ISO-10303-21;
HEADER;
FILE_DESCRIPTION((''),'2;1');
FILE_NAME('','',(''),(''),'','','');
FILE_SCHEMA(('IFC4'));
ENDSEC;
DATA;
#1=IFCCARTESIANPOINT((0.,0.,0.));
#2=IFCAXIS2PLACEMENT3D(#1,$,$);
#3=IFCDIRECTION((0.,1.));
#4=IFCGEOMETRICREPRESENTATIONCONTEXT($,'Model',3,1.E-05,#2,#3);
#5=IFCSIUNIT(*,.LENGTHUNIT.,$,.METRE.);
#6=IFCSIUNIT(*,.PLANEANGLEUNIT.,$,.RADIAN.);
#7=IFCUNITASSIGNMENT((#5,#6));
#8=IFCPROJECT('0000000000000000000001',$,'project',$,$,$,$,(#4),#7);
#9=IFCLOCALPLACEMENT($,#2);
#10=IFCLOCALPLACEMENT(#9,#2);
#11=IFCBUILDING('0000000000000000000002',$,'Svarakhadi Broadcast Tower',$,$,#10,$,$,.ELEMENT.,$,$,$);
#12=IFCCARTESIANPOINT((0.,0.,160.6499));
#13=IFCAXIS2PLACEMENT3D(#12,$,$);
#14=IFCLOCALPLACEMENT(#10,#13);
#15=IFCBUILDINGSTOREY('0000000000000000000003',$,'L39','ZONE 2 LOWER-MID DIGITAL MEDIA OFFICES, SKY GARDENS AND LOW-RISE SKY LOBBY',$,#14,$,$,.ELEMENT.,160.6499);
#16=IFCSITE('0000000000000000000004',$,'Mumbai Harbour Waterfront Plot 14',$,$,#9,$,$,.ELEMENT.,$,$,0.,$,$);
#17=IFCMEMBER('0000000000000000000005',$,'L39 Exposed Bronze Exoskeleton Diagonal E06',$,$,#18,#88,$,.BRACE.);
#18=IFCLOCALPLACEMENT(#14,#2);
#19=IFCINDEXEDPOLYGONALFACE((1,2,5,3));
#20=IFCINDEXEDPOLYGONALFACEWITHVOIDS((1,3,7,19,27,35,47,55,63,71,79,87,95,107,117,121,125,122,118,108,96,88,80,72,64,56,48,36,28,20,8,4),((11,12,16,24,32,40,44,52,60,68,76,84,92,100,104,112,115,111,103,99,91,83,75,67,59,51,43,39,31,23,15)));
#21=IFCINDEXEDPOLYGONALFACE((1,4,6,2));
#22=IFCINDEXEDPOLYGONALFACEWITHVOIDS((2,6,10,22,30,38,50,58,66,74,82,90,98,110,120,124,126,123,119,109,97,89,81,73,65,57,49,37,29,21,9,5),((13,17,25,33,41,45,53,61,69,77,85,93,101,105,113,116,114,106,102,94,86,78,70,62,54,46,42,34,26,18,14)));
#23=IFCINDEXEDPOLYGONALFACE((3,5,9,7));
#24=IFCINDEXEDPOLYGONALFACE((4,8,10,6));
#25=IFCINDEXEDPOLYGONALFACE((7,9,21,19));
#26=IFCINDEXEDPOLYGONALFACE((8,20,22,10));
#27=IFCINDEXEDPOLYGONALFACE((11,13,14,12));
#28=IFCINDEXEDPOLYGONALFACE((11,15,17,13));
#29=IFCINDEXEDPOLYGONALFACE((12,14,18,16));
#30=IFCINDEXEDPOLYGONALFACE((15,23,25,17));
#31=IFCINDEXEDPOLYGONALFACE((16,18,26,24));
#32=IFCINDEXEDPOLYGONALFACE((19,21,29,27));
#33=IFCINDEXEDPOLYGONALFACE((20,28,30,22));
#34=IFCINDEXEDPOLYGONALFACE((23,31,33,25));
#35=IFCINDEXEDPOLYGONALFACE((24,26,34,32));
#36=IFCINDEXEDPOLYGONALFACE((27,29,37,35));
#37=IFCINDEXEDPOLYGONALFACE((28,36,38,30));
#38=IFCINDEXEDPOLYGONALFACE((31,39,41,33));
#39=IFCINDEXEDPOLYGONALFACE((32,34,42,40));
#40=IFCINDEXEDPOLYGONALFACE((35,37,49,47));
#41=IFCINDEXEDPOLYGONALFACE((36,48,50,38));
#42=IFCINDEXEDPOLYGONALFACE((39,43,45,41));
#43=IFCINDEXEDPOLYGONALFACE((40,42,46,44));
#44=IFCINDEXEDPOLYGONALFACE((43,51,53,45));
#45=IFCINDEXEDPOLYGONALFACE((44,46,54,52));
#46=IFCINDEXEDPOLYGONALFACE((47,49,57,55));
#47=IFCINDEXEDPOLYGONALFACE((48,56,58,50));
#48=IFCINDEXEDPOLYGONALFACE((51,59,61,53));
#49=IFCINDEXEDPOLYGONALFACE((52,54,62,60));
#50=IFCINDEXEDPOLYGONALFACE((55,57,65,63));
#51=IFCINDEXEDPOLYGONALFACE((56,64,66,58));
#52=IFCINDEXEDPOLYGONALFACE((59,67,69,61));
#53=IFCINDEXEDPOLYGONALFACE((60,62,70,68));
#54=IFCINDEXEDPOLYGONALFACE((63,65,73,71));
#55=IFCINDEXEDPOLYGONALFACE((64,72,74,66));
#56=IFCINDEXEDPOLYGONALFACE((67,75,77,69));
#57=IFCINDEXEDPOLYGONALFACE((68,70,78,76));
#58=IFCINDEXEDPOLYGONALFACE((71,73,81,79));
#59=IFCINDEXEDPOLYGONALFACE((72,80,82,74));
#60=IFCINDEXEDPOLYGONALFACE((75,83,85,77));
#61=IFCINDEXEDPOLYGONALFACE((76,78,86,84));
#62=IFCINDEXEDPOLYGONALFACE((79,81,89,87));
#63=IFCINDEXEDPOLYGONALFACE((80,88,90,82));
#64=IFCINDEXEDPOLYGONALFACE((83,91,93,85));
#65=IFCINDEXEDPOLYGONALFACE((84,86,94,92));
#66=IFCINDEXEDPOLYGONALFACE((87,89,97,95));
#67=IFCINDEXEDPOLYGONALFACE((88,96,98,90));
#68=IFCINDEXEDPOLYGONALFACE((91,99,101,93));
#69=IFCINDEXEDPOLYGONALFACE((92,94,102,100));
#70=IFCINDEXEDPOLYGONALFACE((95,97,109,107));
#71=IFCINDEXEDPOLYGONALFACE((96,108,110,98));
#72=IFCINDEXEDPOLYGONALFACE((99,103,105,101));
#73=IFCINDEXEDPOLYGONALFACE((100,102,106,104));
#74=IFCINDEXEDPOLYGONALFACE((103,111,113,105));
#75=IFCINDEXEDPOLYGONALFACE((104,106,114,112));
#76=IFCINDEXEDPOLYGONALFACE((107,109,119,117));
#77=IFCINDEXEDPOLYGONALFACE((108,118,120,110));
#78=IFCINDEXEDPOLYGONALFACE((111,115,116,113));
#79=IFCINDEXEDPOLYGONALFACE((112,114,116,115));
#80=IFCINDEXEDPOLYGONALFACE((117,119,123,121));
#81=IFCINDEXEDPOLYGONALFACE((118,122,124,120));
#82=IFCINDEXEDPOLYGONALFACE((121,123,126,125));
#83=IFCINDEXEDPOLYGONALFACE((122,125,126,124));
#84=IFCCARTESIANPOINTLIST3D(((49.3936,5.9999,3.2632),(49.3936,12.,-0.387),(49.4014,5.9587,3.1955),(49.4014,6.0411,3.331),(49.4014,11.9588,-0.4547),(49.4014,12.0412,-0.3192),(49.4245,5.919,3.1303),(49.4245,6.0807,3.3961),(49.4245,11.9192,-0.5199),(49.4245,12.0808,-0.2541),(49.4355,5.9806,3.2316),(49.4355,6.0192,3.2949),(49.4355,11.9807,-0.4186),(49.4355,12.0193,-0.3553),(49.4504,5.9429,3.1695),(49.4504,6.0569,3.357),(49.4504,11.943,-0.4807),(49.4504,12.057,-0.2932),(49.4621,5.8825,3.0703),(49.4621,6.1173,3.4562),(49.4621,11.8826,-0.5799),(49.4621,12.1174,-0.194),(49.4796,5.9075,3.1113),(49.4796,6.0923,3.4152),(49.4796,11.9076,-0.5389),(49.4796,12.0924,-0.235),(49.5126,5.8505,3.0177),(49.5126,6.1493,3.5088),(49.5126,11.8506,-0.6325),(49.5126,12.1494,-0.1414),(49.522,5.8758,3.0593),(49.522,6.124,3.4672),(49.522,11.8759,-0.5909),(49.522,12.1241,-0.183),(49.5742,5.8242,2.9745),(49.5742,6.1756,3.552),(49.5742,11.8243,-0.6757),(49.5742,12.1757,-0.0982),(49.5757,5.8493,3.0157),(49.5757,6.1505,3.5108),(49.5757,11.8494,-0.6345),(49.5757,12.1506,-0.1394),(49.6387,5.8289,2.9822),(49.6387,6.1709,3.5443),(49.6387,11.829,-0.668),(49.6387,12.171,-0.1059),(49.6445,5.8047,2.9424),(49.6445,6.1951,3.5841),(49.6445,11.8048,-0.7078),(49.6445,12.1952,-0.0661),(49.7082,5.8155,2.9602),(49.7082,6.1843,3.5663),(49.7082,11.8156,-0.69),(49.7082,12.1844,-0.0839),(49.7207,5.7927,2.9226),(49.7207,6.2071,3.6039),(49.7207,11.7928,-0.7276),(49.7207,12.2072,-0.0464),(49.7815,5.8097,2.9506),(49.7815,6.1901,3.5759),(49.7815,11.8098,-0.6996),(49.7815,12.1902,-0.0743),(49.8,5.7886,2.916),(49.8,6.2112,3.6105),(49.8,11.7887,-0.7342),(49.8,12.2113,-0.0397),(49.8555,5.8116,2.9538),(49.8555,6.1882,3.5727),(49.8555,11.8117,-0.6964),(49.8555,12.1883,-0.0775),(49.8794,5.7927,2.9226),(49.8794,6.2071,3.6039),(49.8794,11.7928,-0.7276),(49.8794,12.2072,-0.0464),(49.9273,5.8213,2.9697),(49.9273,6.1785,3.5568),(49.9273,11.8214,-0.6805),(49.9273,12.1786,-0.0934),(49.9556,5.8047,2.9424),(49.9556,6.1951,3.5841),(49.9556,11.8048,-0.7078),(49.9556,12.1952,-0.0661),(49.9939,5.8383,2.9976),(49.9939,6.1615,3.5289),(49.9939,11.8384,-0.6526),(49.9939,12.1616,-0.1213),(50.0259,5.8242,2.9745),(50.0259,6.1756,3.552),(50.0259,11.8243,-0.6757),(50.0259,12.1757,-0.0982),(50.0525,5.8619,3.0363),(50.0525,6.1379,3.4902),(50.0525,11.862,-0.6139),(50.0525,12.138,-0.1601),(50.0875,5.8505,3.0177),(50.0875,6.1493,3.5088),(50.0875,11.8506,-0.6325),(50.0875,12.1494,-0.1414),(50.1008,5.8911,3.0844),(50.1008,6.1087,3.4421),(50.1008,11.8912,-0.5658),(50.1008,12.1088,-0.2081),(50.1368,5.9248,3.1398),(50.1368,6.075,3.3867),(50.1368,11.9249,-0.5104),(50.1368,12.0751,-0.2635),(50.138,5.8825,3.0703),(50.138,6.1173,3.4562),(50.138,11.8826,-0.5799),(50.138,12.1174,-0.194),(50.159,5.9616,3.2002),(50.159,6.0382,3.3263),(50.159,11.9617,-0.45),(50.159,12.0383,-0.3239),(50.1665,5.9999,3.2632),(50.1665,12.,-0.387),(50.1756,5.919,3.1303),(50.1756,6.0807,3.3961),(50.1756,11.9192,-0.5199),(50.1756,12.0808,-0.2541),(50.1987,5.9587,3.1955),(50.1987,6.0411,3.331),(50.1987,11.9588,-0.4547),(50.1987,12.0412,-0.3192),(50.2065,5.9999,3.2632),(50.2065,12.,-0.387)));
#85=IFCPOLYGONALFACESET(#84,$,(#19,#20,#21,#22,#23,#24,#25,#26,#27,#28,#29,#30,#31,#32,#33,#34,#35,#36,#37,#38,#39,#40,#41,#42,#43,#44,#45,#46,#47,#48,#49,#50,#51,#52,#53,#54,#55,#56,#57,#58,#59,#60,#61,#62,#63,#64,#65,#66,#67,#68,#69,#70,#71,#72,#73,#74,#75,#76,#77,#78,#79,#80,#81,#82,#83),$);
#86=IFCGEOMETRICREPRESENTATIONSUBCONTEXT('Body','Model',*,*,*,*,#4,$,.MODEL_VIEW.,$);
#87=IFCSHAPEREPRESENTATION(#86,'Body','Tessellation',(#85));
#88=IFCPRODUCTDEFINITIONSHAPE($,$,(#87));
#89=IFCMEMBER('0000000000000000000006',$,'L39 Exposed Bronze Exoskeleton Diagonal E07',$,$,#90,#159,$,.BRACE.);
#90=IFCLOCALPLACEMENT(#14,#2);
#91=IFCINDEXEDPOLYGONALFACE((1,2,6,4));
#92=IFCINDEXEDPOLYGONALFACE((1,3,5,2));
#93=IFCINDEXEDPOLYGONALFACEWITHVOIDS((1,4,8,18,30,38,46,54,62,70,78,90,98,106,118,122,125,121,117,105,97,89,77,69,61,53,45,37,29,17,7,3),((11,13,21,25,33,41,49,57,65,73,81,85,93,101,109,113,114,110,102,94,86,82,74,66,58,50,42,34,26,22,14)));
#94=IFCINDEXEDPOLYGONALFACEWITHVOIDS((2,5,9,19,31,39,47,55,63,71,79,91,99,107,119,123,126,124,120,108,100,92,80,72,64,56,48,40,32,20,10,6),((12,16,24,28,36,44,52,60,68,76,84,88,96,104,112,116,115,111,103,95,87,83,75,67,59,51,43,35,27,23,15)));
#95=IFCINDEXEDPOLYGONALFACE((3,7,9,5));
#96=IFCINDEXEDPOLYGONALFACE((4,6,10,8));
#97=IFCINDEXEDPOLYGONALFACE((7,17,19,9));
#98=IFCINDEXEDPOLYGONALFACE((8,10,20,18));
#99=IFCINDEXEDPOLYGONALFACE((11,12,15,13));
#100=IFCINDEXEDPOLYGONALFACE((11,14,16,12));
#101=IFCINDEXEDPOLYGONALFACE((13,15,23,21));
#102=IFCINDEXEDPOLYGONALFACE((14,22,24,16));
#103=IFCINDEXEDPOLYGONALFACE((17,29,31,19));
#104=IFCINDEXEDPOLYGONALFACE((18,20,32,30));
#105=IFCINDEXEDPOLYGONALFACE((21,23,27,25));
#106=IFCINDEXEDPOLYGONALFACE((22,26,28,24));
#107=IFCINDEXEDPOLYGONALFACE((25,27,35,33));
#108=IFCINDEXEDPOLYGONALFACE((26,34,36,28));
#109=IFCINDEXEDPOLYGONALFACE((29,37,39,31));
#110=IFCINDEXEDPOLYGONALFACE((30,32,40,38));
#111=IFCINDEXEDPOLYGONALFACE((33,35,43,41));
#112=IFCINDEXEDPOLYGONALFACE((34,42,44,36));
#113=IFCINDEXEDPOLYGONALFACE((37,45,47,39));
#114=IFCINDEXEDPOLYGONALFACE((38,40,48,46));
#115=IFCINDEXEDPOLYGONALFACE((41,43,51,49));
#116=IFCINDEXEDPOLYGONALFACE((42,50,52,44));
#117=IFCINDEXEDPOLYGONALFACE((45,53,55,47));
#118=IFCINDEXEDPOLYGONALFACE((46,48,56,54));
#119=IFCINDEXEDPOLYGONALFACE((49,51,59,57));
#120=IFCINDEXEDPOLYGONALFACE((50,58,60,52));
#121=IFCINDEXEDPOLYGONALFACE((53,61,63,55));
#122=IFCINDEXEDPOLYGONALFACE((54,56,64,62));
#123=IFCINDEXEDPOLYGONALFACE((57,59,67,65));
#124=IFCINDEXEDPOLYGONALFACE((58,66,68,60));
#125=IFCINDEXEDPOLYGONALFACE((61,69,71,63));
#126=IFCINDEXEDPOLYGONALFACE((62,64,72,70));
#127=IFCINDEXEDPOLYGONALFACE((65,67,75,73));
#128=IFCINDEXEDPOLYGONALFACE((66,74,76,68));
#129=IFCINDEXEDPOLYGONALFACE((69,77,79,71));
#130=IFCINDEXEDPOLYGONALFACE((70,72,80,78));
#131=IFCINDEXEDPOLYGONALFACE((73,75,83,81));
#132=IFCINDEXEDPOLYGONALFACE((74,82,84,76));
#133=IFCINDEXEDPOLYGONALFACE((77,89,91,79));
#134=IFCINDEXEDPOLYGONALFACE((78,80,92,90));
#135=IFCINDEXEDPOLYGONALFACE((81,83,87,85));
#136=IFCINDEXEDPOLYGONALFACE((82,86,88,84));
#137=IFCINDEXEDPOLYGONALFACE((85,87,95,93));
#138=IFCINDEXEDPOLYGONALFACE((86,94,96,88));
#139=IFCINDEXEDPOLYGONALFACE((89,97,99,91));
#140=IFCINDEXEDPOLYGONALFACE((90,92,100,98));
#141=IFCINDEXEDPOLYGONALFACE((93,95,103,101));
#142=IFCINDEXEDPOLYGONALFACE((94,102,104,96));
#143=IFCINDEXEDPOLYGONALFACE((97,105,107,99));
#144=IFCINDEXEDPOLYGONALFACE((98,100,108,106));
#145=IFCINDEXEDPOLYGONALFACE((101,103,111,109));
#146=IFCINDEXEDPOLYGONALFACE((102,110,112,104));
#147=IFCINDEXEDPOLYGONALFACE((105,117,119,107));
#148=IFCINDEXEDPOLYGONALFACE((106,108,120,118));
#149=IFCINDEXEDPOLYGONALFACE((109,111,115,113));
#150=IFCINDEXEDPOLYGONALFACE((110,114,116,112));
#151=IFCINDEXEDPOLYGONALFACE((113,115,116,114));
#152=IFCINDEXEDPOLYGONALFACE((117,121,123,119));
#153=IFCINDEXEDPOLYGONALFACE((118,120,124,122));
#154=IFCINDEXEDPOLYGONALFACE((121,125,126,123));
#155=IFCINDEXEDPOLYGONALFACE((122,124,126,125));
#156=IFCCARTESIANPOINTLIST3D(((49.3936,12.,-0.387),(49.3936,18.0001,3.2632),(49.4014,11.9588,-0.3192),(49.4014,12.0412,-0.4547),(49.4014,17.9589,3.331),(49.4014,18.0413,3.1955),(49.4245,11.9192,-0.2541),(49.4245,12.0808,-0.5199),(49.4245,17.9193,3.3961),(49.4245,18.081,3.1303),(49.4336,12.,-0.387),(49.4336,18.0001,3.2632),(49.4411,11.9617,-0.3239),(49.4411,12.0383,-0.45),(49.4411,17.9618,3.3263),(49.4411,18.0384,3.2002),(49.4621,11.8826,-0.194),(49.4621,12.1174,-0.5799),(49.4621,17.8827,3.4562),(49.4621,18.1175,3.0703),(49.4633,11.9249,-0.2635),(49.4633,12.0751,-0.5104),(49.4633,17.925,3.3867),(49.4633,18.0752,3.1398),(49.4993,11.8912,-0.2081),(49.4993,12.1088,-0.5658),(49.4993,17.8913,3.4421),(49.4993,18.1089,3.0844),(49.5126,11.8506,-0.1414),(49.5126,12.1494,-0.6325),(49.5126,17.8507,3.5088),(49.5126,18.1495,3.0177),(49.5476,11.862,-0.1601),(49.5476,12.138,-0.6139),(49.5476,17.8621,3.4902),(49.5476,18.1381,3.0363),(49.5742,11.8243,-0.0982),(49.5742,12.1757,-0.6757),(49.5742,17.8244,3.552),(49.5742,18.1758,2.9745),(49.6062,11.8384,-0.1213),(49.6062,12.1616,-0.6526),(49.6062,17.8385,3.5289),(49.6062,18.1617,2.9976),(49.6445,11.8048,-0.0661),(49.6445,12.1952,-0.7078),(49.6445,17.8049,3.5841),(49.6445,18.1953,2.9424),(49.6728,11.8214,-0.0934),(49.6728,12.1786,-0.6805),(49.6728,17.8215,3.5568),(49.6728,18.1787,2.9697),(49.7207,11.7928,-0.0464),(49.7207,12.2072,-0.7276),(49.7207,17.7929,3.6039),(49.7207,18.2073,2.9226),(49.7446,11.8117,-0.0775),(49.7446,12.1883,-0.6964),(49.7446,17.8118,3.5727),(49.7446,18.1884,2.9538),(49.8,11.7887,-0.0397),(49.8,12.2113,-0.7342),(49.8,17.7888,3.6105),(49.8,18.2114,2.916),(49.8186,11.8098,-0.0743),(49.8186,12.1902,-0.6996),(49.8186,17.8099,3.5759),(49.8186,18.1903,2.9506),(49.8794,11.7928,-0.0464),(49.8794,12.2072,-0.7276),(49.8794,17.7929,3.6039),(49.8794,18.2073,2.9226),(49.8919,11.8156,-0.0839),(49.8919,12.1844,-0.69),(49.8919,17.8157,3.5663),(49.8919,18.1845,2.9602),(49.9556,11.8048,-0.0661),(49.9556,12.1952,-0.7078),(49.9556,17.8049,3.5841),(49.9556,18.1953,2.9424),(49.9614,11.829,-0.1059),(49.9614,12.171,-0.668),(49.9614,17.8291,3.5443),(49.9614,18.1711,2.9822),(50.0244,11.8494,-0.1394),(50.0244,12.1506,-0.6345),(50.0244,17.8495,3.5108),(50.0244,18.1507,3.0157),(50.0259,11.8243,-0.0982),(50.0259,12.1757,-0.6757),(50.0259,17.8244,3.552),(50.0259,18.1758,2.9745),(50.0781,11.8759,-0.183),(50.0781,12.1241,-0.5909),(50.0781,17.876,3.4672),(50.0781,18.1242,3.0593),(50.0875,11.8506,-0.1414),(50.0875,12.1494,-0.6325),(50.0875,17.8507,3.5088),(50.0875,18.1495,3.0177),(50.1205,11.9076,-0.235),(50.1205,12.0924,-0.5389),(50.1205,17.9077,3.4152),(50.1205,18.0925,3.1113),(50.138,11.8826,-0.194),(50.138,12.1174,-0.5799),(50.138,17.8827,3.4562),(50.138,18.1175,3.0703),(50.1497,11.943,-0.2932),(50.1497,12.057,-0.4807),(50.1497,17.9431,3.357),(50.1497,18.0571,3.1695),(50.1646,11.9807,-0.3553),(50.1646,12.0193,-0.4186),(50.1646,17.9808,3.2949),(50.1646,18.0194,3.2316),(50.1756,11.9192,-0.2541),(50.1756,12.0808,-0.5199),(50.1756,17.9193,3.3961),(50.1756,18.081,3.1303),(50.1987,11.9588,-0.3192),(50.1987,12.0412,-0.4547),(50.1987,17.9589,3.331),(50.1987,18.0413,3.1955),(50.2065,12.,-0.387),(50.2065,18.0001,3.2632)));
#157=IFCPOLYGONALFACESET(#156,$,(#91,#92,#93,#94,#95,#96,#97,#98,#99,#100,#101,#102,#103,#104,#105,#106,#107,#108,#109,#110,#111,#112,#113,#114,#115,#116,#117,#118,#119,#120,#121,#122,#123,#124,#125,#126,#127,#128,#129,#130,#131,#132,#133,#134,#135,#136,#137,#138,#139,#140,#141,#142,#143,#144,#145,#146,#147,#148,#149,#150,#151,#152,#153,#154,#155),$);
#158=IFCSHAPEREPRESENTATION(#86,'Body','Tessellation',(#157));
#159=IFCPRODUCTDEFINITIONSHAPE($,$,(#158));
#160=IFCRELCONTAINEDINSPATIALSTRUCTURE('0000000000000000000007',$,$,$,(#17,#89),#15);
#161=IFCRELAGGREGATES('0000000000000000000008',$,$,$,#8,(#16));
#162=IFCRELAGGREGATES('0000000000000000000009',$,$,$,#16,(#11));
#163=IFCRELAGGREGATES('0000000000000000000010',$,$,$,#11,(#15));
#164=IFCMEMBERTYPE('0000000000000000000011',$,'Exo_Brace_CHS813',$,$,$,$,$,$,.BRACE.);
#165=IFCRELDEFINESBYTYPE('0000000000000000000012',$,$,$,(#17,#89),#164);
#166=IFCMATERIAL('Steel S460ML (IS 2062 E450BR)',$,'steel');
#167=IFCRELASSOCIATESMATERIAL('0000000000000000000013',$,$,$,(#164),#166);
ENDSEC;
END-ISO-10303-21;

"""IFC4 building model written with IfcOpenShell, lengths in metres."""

from ifc_helpers import new_model, si_unit, direction, frame, origin, origin_2d, place, context, subcontext, project, spatial, hollow_circle, extrude, material, material_profile, profile_set, type_object, element, save


model = new_model("IFC4")

# Units and contexts
model_context = context("Model", 3, precision=1e-05, world=origin(), true_north=direction((0.0, 1.0)))
body_context = subcontext(model_context, "Body", "Model", "MODEL_VIEW")
ifc_project = project(units=[si_unit("LENGTHUNIT", "METRE"), si_unit("PLANEANGLEUNIT", "RADIAN")], contexts=[model_context])

# Site, building, storey
site_placement = place(None, origin())
site = spatial("IfcSite", under=ifc_project, at=site_placement, Name="Mumbai Harbour Waterfront Plot 14", CompositionType="ELEMENT", RefElevation=0.0)
building_placement = place(site_placement, origin())
building = spatial("IfcBuilding", under=site, at=building_placement, Name="Svarakhadi Broadcast Tower", CompositionType="ELEMENT")
storey_placement = place(building_placement, frame((0.0, 0.0, 160.6499)))
storey = spatial("IfcBuildingStorey", under=building, at=storey_placement, Name="L39", Description="ZONE 2 LOWER-MID DIGITAL MEDIA OFFICES, SKY GARDENS AND LOW-RISE SKY LOBBY", CompositionType="ELEMENT", Elevation=160.6499)

# Shared definitions
ifc_material_1 = material(Name="Steel S460ML (IS 2062 E450BR)", Category="steel")

# Members
ifc_material_profile_1 = material_profile(ifc_material_1, hollow_circle(Radius=0.4065, WallThickness=0.04, at=origin_2d()), Name="CHS 813x40")
ifc_profile_set_1 = profile_set([ifc_material_profile_1], Name="Steel S460ML (IS 2062 E450BR)")
member_type_1 = type_object("IfcMemberType", Name="Exo_Brace_CHS813", PredefinedType="BRACE", material=ifc_profile_set_1)
for number, where, z_axis, x_axis, name in (
    (1, (49.8, 12.0, -0.387), (0.0, -0.854327, 0.519736), (1.0, 0.0, 0.0), "L39 Exposed Bronze Exoskeleton Diagonal E06"),
    (2, (49.8, 12.0, -0.387), (0.0, 0.854327, 0.519736), (-1.0, 0.0, 0.0), "L39 Exposed Bronze Exoskeleton Diagonal E07"),
):
    element("IfcMember", number, at=place(storey_placement, frame(where, z_axis=z_axis, x_axis=x_axis)), inside=storey, type_object=member_type_1, Name=name, PredefinedType="BRACE", context=body_context, shape_type="SweptSolid", body=[
        extrude(hollow_circle(Radius=0.4065, WallThickness=0.04, at=origin_2d()), origin(), (0.0, 0.0, 1.0), 7.0232),
    ])

save(model, "model.ifc")
